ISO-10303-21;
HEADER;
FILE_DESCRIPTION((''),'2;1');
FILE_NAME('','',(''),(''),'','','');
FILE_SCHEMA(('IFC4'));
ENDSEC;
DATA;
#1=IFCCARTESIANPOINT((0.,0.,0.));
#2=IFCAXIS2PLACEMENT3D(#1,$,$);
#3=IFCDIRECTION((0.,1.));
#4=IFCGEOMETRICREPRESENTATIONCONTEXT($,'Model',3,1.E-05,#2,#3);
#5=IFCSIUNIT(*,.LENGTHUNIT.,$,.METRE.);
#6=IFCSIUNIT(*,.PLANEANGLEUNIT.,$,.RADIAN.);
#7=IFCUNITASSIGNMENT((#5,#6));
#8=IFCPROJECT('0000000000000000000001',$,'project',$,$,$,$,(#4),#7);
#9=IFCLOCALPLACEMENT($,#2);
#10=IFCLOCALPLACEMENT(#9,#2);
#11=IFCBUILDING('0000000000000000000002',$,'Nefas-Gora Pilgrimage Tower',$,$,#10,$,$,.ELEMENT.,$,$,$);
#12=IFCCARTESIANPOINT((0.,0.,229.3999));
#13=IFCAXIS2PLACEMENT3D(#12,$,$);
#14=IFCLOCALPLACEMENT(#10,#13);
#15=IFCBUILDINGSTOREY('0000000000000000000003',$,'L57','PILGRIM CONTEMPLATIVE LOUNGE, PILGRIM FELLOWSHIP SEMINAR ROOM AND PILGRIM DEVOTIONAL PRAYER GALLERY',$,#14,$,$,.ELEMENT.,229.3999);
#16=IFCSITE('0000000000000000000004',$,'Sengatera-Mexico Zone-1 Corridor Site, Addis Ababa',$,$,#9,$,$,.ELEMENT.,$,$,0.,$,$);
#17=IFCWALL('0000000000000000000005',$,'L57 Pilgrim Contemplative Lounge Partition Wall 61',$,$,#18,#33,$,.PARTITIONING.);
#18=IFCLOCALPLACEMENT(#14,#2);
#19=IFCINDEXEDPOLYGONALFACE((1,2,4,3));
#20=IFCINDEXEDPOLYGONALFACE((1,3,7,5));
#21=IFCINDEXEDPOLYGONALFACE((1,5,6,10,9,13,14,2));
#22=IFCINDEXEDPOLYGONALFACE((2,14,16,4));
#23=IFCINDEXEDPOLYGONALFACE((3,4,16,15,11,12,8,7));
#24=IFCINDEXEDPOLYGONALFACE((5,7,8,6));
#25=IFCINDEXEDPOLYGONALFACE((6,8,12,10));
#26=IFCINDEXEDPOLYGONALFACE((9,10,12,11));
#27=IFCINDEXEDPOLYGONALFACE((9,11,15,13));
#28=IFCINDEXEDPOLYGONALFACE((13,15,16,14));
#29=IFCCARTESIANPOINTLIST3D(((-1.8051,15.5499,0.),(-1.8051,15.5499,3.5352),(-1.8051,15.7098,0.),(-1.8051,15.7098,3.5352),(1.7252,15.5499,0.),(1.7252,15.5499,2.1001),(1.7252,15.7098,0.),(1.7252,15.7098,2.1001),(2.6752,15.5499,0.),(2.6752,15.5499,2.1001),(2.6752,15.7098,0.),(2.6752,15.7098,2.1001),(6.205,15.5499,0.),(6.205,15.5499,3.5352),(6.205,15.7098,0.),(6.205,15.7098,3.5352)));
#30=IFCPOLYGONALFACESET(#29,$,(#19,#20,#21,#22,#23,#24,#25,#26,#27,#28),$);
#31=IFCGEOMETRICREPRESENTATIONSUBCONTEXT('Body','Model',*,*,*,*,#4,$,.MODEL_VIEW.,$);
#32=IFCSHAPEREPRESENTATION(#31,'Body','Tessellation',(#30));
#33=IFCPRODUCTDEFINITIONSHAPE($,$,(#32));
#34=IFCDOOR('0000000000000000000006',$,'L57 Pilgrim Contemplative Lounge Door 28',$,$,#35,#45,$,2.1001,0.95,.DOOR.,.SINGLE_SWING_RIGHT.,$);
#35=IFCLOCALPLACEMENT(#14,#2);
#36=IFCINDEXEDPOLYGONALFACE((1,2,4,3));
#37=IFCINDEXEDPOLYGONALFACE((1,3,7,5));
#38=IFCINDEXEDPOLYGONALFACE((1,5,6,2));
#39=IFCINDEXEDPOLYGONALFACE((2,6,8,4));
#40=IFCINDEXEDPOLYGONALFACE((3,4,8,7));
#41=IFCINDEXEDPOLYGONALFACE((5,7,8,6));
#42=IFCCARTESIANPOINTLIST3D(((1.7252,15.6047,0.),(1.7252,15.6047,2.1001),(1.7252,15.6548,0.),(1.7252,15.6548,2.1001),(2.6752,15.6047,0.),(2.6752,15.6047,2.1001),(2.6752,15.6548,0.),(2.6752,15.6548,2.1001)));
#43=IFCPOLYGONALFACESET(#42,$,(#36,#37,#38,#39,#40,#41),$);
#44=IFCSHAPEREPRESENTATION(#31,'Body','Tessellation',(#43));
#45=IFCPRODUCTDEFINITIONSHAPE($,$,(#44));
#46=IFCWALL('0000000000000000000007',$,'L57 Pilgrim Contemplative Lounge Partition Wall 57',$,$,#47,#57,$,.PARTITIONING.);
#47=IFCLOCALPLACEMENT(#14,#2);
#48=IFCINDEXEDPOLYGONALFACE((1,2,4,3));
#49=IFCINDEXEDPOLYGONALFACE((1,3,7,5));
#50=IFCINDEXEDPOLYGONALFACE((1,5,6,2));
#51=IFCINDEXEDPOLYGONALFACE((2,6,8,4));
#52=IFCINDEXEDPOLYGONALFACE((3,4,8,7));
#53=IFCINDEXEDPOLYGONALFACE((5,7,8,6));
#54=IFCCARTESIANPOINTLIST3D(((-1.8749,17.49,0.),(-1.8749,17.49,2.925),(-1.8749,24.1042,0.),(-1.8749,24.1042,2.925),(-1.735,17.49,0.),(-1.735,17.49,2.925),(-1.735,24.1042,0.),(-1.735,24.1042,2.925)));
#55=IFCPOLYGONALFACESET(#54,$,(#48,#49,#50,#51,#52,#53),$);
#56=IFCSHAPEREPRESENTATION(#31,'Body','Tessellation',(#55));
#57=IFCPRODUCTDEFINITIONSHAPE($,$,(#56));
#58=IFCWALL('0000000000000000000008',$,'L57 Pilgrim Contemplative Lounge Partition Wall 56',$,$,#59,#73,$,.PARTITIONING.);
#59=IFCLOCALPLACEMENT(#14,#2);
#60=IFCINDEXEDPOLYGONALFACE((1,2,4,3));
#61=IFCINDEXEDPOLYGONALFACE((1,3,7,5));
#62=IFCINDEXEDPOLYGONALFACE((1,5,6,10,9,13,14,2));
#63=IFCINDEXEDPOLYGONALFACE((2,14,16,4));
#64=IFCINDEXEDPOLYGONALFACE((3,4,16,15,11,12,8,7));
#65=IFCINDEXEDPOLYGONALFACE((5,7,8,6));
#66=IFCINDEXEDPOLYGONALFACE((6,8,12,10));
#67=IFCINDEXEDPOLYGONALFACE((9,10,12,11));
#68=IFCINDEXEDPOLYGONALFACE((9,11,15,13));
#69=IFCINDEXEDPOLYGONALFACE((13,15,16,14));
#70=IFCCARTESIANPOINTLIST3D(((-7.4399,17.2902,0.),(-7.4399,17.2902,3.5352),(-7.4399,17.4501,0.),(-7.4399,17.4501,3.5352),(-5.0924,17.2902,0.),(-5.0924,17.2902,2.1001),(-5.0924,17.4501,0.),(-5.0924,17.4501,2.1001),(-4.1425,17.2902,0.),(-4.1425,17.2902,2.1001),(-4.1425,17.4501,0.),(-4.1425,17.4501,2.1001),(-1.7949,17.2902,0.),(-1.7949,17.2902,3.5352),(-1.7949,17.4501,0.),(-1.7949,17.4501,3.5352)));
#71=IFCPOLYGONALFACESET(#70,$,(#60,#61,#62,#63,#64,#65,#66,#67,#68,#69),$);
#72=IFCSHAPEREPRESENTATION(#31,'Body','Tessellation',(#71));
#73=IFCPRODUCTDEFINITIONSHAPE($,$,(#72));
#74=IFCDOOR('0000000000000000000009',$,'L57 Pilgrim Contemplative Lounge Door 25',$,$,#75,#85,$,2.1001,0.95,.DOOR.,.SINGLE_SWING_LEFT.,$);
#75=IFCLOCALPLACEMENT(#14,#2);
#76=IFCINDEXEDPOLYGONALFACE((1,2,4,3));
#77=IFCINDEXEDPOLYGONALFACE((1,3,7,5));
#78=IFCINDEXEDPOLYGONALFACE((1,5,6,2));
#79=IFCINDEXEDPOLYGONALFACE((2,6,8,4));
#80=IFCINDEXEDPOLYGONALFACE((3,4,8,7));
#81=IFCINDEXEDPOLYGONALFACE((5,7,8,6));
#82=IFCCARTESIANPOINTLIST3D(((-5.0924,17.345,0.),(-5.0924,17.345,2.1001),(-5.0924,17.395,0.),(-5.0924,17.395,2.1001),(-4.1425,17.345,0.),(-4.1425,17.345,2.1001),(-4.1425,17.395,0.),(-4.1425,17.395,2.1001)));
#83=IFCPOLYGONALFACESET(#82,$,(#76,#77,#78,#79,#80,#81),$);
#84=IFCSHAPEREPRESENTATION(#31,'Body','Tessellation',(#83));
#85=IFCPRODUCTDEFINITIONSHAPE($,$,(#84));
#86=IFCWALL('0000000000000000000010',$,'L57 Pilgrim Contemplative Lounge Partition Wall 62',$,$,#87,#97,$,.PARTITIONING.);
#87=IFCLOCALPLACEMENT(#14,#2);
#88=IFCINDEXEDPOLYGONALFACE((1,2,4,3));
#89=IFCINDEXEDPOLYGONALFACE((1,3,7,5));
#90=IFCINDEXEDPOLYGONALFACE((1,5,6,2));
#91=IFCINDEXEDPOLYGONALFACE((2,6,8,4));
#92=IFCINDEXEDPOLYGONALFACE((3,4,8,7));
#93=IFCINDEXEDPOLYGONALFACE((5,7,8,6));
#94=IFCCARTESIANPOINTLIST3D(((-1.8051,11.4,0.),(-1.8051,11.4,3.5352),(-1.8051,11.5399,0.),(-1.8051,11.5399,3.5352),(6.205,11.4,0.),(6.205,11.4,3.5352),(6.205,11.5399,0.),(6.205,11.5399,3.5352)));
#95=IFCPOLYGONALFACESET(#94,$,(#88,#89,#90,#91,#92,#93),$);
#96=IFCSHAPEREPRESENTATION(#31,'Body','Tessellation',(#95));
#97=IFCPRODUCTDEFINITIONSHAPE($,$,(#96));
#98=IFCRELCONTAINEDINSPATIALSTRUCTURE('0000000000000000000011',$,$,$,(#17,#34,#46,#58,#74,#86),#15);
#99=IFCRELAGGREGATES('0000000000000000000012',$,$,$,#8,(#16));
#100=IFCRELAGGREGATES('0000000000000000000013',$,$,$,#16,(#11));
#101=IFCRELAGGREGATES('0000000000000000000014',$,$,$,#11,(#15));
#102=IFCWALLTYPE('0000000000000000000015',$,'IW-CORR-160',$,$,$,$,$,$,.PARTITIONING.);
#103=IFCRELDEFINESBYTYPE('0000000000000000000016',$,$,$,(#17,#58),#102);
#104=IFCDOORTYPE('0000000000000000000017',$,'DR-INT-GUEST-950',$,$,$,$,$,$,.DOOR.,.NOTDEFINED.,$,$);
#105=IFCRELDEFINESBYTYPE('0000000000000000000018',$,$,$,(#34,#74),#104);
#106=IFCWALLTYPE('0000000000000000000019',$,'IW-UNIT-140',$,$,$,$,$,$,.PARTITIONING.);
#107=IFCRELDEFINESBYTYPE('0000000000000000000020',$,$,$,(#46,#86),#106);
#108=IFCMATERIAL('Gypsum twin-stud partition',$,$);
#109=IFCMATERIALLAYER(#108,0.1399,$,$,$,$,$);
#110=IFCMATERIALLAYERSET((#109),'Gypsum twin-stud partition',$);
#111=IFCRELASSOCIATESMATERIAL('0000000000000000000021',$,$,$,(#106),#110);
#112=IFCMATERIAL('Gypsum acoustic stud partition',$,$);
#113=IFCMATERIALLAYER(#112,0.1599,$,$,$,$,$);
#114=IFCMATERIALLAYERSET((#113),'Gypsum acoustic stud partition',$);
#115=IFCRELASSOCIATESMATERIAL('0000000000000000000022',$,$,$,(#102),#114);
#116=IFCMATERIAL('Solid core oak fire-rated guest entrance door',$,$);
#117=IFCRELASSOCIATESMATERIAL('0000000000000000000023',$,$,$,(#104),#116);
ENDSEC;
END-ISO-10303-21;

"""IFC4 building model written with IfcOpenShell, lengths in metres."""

from ifc_helpers import new_model, si_unit, direction, frame, frame_2d, origin, place, context, subcontext, project, spatial, rectangle, extrude, source, transform, mapped, material, layer, layer_set, type_object, element, fill, save


model = new_model("IFC4")

# Units and contexts
model_context = context("Model", 3, precision=1e-05, world=origin(), true_north=direction((0.0, 1.0)))
body_context = subcontext(model_context, "Body", "Model", "MODEL_VIEW")
ifc_project = project(units=[si_unit("LENGTHUNIT", "METRE"), si_unit("PLANEANGLEUNIT", "RADIAN")], contexts=[model_context])

# Site, building, storey
site_placement = place(None, origin())
site = spatial("IfcSite", under=ifc_project, at=site_placement, Name="Sengatera-Mexico Zone-1 Corridor Site, Addis Ababa", CompositionType="ELEMENT", RefElevation=0.0)
building_placement = place(site_placement, origin())
building = spatial("IfcBuilding", under=site, at=building_placement, Name="Nefas-Gora Pilgrimage Tower", CompositionType="ELEMENT")
storey_placement = place(building_placement, frame((0.0, 0.0, 229.3999)))
storey = spatial("IfcBuildingStorey", under=building, at=storey_placement, Name="L57", Description="PILGRIM CONTEMPLATIVE LOUNGE, PILGRIM FELLOWSHIP SEMINAR ROOM AND PILGRIM DEVOTIONAL PRAYER GALLERY", CompositionType="ELEMENT", Elevation=229.3999)

# Shared definitions
ifc_material_1 = material(Name="Gypsum twin-stud partition")
ifc_layer_1 = layer(ifc_material_1, 0.1399)
ifc_layer_set_1 = layer_set([ifc_layer_1], Name="Gypsum twin-stud partition")
wall_type_1 = type_object("IfcWallType", Name="IW-UNIT-140", PredefinedType="PARTITIONING", material=ifc_layer_set_1)

# Wall, opening, door
ifc_material_2 = material(Name="Gypsum acoustic stud partition")
ifc_layer_2 = layer(ifc_material_2, 0.1599)
ifc_layer_set_2 = layer_set([ifc_layer_2], Name="Gypsum acoustic stud partition")
wall_type_2 = type_object("IfcWallType", Name="IW-CORR-160", PredefinedType="PARTITIONING", material=ifc_layer_set_2)
shared_shape_1 = source(origin(), body_context, "Body", "SweptSolid", [
    extrude(rectangle(XDim=8.01, YDim=0.1599, at=frame_2d((4.0049, 0.0))), origin(), (0.0, 0.0, 1.0), 3.5352),
])
ifc_material_3 = material(Name="Solid core oak fire-rated guest entrance door")
door_type_1 = type_object("IfcDoorType", Name="DR-INT-GUEST-950", OperationType="NOTDEFINED", PredefinedType="DOOR", material=ifc_material_3)
shared_shape_2 = source(origin(), body_context, "Body", "SweptSolid", [
    extrude(rectangle(XDim=0.95, YDim=2.1001, at=frame_2d((0.4751, 1.05))), frame((0.0, 0.0249, 0.0), z_axis=(0.0, -1.0, 0.0), x_axis=(1.0, 0.0, 0.0)), (0.0, 0.0, 1.0), 0.05),
])
wall_1_placement = place(storey_placement, frame((-1.8049, 15.6299, 0.0), z_axis=(0.0, 0.0, 1.0), x_axis=(1.0, 0.0, 0.0)))
wall_1 = element("IfcWall", 1, at=wall_1_placement, inside=storey, type_object=wall_type_2, Name="L57 Pilgrim Contemplative Lounge Partition Wall 61", PredefinedType="PARTITIONING", context=body_context, shape_type="MappedRepresentation", body=[
    mapped(shared_shape_1, transform((0.0, 0.0, 0.0), x_axis=(1.0, 0.0, 0.0), y_axis=(0.0, 1.0, 0.0), z_axis=(0.0, 0.0, 1.0), scale=1.0)),
])
opening_1_placement = place(wall_1_placement, frame((3.53, 0.0, 0.0)))
opening_1 = element("IfcOpeningElement", 2, at=opening_1_placement, cuts=wall_1, PredefinedType="OPENING", context=body_context, shape_type="SweptSolid", body=[
    extrude(rectangle(XDim=0.95, YDim=2.1001, at=frame_2d((0.4751, 1.05))), frame((0.0, 0.0898, 0.0), z_axis=(0.0, -1.0, 0.0), x_axis=(1.0, 0.0, 0.0)), (0.0, 0.0, 1.0), 0.1799),
])
door_1_placement = place(opening_1_placement, origin())
door_1 = element("IfcDoor", 3, at=door_1_placement, inside=storey, type_object=door_type_1, Name="L57 Pilgrim Contemplative Lounge Door 28", OperationType="SINGLE_SWING_RIGHT", OverallHeight=2.1001, OverallWidth=0.95, PredefinedType="DOOR", context=body_context, shape_type="MappedRepresentation", body=[
    mapped(shared_shape_2, transform((0.0, 0.0, 0.0), x_axis=(1.0, 0.0, 0.0), y_axis=(0.0, 1.0, 0.0), z_axis=(0.0, 0.0, 1.0), scale=1.0)),
])
fill(opening_1, door_1)

# Wall
shared_shape_3 = source(origin(), body_context, "Body", "SweptSolid", [
    extrude(rectangle(XDim=6.6143, YDim=0.1399, at=frame_2d((3.3071, 0.0))), origin(), (0.0, 0.0, 1.0), 2.925),
])
wall_2_placement = place(storey_placement, frame((-1.8049, 17.49, 0.0), z_axis=(0.0, 0.0, 1.0), x_axis=(0.0, 1.0, 0.0)))
element("IfcWall", 4, at=wall_2_placement, inside=storey, type_object=wall_type_1, Name="L57 Pilgrim Contemplative Lounge Partition Wall 57", PredefinedType="PARTITIONING", context=body_context, shape_type="MappedRepresentation", body=[
    mapped(shared_shape_3, transform((0.0, 0.0, 0.0), x_axis=(1.0, 0.0, 0.0), y_axis=(0.0, 1.0, 0.0), z_axis=(0.0, 0.0, 1.0), scale=1.0)),
])

# Wall, opening, door
shared_shape_4 = source(origin(), body_context, "Body", "SweptSolid", [
    extrude(rectangle(XDim=5.645, YDim=0.1599, at=frame_2d((2.8225, 0.0))), origin(), (0.0, 0.0, 1.0), 3.5352),
])
wall_3_placement = place(storey_placement, frame((-7.4399, 17.3701, 0.0), z_axis=(0.0, 0.0, 1.0), x_axis=(1.0, 0.0, 0.0)))
wall_3 = element("IfcWall", 5, at=wall_3_placement, inside=storey, type_object=wall_type_2, Name="L57 Pilgrim Contemplative Lounge Partition Wall 56", PredefinedType="PARTITIONING", context=body_context, shape_type="MappedRepresentation", body=[
    mapped(shared_shape_4, transform((0.0, 0.0, 0.0), x_axis=(1.0, 0.0, 0.0), y_axis=(0.0, 1.0, 0.0), z_axis=(0.0, 0.0, 1.0), scale=1.0)),
])
opening_2_placement = place(wall_3_placement, frame((2.3474, 0.0, 0.0)))
opening_2 = element("IfcOpeningElement", 6, at=opening_2_placement, cuts=wall_3, PredefinedType="OPENING", context=body_context, shape_type="SweptSolid", body=[
    extrude(rectangle(XDim=0.95, YDim=2.1001, at=frame_2d((0.4751, 1.05))), frame((0.0, 0.0898, 0.0), z_axis=(0.0, -1.0, 0.0), x_axis=(1.0, 0.0, 0.0)), (0.0, 0.0, 1.0), 0.1799),
])
door_2_placement = place(opening_2_placement, origin())
door_2 = element("IfcDoor", 7, at=door_2_placement, inside=storey, type_object=door_type_1, Name="L57 Pilgrim Contemplative Lounge Door 25", OperationType="SINGLE_SWING_LEFT", OverallHeight=2.1001, OverallWidth=0.95, PredefinedType="DOOR", context=body_context, shape_type="MappedRepresentation", body=[
    mapped(shared_shape_2, transform((0.0, 0.0, 0.0), x_axis=(1.0, 0.0, 0.0), y_axis=(0.0, 1.0, 0.0), z_axis=(0.0, 0.0, 1.0), scale=1.0)),
])
fill(opening_2, door_2)

# Wall
shared_shape_5 = source(origin(), body_context, "Body", "SweptSolid", [
    extrude(rectangle(XDim=8.01, YDim=0.1399, at=frame_2d((4.0049, 0.0))), origin(), (0.0, 0.0, 1.0), 3.5352),
])
wall_4_placement = place(storey_placement, frame((-1.8049, 11.47, 0.0), z_axis=(0.0, 0.0, 1.0), x_axis=(1.0, 0.0, 0.0)))
element("IfcWall", 8, at=wall_4_placement, inside=storey, type_object=wall_type_1, Name="L57 Pilgrim Contemplative Lounge Partition Wall 62", PredefinedType="PARTITIONING", context=body_context, shape_type="MappedRepresentation", body=[
    mapped(shared_shape_5, transform((0.0, 0.0, 0.0), x_axis=(1.0, 0.0, 0.0), y_axis=(0.0, 1.0, 0.0), z_axis=(0.0, 0.0, 1.0), scale=1.0)),
])

save(model, "model.ifc")
